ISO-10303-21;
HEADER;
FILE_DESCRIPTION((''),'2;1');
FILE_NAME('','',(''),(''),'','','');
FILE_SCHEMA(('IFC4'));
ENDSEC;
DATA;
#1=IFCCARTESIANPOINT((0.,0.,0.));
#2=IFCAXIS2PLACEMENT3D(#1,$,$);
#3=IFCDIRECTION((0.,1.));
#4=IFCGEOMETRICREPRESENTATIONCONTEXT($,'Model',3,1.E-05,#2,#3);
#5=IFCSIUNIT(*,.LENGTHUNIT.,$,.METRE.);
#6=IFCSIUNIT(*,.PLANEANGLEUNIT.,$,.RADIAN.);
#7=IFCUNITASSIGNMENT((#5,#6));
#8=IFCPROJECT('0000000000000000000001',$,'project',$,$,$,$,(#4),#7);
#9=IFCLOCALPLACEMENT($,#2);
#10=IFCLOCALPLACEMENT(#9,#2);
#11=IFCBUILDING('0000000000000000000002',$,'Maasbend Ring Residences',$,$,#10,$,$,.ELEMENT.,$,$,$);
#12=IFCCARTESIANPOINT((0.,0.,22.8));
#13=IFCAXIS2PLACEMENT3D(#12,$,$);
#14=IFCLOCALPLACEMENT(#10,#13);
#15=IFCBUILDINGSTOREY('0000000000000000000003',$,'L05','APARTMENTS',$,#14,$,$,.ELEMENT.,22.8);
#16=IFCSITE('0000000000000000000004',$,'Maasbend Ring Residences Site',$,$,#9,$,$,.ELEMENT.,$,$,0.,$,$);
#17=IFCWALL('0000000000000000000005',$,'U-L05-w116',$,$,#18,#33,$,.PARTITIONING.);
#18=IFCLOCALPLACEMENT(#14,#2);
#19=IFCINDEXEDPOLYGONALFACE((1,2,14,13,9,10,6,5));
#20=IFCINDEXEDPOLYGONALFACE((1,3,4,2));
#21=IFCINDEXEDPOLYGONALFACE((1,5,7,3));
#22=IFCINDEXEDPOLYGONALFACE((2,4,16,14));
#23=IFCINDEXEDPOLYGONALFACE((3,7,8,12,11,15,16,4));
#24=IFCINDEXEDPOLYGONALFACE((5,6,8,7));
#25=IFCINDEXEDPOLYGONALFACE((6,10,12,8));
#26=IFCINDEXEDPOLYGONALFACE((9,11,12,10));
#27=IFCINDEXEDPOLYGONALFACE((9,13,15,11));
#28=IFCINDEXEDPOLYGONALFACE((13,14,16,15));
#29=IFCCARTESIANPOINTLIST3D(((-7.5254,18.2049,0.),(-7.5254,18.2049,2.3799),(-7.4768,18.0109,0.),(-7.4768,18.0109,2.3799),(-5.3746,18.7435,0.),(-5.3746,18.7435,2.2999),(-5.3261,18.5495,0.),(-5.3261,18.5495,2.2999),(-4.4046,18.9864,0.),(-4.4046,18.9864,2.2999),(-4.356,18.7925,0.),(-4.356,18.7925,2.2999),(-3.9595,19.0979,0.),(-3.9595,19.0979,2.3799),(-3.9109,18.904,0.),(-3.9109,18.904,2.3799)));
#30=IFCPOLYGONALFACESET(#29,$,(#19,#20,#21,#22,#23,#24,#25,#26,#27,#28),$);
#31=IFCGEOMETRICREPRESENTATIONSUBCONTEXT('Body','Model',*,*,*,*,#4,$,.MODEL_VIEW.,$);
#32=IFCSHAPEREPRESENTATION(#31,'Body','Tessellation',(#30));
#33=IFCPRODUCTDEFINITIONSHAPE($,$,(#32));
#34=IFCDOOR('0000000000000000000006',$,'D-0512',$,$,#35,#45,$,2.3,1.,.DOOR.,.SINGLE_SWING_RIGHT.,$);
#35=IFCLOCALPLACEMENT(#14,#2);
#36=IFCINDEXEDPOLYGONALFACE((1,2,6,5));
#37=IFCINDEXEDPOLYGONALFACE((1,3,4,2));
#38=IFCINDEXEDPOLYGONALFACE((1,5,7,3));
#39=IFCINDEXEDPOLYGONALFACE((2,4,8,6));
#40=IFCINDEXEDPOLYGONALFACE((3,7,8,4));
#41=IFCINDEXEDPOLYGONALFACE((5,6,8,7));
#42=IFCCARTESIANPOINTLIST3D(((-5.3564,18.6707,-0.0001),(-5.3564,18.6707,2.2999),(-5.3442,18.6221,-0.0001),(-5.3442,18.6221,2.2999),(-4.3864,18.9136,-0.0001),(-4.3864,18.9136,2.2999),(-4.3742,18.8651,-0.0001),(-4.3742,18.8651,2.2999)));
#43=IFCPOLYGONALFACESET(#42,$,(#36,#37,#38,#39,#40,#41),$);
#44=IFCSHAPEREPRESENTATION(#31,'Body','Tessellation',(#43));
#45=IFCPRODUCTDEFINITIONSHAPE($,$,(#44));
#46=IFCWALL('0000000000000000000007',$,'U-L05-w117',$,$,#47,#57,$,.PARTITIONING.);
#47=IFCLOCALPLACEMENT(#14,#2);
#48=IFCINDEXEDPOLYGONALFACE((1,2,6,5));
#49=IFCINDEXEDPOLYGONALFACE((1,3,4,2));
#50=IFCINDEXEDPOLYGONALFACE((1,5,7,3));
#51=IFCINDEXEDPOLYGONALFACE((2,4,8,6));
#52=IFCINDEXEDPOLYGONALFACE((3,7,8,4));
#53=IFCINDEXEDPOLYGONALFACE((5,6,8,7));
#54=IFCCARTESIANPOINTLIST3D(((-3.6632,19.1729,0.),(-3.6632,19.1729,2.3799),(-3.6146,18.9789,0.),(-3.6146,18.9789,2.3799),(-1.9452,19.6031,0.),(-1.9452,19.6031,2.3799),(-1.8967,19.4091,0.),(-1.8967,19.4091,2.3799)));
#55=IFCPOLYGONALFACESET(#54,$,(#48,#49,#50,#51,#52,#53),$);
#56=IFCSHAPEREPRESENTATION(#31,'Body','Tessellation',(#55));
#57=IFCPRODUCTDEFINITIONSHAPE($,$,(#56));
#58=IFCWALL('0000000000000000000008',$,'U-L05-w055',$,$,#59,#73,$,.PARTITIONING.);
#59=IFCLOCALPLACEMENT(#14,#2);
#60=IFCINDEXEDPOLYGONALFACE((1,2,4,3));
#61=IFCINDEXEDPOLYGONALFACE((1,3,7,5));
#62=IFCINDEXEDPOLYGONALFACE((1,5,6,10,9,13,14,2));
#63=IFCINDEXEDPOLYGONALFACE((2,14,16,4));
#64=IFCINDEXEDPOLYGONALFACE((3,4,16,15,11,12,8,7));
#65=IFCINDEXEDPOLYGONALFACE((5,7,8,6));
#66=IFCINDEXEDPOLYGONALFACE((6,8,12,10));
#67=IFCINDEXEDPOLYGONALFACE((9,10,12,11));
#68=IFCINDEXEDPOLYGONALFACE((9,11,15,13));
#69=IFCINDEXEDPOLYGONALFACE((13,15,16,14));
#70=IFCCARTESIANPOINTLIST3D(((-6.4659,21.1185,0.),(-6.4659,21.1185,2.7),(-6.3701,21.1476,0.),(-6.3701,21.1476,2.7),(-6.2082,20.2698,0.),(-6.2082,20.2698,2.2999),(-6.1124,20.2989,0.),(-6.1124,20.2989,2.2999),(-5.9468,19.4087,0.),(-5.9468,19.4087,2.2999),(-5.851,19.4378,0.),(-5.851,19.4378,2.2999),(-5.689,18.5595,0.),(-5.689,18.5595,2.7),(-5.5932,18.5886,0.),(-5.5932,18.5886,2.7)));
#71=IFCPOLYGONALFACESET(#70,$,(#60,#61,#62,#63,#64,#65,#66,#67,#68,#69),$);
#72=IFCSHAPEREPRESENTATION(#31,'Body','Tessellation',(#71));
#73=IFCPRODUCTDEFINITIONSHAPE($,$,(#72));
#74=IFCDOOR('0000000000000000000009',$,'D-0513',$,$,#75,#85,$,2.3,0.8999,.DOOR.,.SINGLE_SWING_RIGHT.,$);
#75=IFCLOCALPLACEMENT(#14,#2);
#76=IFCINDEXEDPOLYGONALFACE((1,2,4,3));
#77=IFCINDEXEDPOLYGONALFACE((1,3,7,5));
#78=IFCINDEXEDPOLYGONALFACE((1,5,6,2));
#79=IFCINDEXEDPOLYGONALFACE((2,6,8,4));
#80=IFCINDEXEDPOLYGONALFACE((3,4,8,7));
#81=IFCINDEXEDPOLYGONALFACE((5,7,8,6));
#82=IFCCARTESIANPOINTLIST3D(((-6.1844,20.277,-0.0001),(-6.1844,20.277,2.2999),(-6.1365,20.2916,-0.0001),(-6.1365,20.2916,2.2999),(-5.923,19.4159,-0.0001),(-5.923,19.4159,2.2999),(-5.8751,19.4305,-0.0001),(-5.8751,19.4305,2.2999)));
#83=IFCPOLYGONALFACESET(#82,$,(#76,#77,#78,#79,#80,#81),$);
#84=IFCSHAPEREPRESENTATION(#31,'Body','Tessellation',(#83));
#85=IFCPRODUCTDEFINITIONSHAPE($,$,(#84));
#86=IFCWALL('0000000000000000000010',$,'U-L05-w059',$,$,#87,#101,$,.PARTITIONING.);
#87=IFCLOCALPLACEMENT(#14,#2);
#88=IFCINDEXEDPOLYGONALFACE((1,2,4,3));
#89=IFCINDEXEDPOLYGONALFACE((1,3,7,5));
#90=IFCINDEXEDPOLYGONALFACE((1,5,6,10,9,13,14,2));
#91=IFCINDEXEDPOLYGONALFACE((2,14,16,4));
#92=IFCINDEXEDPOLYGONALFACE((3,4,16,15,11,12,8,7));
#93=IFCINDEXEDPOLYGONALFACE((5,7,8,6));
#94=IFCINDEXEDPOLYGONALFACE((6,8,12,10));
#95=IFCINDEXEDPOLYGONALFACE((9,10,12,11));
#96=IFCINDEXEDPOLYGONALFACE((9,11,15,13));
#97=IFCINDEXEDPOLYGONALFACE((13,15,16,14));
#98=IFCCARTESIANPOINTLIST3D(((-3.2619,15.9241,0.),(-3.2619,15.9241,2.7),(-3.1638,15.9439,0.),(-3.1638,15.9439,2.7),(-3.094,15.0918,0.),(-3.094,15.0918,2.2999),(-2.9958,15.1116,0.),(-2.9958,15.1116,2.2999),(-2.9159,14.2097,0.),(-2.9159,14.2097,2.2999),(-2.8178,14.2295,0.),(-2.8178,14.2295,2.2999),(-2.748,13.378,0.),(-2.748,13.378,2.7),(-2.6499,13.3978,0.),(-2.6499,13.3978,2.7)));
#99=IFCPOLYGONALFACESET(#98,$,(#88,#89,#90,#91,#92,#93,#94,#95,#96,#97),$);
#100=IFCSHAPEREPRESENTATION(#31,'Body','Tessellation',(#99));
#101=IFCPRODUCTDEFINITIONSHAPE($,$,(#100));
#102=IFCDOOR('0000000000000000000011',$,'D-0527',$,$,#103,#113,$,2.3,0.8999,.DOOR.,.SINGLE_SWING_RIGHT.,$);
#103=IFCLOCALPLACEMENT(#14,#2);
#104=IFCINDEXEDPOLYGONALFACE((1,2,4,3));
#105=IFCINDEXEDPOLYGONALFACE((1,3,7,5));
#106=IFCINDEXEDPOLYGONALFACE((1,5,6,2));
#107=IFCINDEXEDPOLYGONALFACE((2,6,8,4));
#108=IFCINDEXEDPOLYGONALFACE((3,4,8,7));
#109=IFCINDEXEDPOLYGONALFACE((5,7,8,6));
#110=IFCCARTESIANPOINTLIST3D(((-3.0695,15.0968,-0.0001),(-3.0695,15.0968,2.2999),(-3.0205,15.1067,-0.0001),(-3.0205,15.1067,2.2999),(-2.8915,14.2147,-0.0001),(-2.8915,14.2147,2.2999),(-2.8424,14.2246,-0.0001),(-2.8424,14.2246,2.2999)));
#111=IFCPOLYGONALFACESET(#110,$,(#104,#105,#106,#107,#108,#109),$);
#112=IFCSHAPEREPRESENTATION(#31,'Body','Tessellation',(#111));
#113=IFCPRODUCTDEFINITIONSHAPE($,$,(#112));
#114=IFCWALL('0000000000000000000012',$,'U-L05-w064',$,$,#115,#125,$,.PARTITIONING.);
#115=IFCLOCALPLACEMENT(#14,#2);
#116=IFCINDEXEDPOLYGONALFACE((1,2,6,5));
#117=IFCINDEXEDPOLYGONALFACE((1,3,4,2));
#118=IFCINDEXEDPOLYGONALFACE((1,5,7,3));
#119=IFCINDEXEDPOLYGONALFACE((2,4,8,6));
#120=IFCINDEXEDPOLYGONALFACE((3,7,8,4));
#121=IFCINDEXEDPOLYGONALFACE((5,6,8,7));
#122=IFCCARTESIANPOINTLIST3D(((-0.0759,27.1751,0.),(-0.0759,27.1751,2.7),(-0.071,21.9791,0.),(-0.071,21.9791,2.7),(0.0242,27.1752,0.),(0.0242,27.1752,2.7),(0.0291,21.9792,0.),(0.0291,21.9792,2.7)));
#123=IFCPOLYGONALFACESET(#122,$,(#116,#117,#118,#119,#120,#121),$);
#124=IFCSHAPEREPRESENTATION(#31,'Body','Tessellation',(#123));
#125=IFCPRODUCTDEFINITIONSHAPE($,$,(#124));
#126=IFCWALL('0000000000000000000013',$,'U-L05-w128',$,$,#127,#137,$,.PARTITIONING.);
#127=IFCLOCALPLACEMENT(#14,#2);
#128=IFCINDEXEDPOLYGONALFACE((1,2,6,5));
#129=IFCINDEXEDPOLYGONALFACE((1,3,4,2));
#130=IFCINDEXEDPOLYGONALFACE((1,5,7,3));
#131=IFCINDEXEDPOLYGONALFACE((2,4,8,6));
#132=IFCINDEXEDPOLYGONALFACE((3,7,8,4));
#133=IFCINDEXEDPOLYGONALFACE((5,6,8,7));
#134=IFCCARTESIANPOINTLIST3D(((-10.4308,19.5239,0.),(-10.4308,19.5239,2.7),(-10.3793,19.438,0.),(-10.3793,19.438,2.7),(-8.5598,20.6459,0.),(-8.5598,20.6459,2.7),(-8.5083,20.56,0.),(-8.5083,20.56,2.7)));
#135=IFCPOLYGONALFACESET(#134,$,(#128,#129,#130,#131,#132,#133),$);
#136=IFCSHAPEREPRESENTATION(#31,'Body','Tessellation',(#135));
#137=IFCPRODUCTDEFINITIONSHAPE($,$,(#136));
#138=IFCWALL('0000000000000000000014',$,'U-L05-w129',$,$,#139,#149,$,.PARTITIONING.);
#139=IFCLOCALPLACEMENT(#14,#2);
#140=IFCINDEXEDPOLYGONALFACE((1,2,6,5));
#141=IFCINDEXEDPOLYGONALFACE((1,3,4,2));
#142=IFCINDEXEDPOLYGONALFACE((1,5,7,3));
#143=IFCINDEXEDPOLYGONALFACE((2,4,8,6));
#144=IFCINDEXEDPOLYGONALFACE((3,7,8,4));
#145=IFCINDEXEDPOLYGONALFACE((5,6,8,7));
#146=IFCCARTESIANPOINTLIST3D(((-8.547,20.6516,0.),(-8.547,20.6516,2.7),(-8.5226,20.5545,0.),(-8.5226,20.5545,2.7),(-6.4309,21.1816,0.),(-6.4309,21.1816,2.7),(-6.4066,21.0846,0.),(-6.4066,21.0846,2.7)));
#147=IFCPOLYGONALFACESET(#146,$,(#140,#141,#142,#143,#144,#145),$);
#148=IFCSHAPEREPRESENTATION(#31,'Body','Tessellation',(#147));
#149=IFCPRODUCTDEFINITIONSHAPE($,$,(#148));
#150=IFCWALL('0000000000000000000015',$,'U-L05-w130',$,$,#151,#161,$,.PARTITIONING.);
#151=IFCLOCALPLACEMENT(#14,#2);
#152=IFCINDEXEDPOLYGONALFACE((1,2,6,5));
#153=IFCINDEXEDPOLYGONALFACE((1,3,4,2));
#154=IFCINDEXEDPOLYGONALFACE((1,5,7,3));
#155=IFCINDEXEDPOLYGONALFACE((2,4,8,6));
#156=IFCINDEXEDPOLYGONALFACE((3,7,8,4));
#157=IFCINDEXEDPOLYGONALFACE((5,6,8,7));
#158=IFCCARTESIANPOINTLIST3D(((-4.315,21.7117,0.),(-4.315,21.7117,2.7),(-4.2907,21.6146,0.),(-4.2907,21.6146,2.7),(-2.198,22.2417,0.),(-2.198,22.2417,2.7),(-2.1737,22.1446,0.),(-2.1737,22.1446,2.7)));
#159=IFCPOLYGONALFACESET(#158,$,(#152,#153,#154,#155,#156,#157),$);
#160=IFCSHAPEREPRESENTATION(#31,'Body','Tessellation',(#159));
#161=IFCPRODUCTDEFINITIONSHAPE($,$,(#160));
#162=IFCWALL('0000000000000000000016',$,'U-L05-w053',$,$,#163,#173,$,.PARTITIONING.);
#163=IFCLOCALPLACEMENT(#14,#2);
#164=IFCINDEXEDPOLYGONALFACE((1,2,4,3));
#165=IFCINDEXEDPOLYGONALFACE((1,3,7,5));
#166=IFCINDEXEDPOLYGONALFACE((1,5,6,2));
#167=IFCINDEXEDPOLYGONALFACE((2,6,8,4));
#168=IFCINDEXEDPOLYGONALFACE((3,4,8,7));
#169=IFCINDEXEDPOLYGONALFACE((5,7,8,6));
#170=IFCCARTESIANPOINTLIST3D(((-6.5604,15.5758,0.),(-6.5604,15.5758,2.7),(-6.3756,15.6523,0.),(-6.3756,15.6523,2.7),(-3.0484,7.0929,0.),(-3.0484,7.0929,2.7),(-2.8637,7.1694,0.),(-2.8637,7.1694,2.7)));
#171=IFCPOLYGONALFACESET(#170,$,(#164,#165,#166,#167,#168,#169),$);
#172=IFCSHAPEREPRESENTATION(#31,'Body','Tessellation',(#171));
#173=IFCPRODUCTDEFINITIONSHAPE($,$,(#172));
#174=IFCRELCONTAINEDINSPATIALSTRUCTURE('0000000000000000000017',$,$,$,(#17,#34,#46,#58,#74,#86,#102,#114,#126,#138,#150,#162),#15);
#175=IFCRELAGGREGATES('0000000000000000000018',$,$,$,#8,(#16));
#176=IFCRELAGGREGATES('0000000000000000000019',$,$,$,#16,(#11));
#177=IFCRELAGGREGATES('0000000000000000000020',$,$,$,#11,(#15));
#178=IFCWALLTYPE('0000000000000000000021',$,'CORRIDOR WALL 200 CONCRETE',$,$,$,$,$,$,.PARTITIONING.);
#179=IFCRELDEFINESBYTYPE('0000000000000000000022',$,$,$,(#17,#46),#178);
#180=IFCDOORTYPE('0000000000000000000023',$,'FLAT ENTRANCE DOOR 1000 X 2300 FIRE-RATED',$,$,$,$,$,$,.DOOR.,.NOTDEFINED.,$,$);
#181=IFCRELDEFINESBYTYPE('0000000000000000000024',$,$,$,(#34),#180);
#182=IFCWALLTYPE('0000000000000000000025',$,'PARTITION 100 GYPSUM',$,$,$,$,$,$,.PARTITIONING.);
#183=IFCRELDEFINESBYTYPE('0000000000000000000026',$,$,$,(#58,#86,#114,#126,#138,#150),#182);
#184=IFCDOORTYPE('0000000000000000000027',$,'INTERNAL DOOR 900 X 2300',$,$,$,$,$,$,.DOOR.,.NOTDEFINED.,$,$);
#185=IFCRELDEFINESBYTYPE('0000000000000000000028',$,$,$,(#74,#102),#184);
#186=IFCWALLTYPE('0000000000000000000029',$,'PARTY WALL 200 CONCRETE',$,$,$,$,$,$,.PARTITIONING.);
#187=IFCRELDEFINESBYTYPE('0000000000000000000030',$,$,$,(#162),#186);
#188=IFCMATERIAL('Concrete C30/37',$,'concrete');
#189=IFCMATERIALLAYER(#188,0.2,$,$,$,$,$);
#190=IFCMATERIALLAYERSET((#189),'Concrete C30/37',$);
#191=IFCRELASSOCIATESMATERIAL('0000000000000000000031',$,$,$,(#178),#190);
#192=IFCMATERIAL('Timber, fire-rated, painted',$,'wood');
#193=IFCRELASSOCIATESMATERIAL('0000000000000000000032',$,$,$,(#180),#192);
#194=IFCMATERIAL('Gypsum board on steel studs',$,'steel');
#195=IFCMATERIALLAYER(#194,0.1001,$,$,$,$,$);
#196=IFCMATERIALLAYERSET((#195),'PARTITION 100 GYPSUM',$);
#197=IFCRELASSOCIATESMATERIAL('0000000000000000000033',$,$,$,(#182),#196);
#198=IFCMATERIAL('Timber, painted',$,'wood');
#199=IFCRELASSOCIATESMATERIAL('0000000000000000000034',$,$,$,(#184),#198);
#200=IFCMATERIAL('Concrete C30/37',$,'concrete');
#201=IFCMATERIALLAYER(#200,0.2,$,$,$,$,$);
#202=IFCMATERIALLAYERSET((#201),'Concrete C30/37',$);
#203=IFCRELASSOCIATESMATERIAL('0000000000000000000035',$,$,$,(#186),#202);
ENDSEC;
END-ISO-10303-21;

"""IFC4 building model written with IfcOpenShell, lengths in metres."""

from ifc_helpers import new_model, si_unit, direction, frame, frame_2d, origin, place, context, subcontext, project, spatial, rectangle, extrude, material, layer, layer_set, type_object, element, fill, save


model = new_model("IFC4")

# Units and contexts
model_context = context("Model", 3, precision=1e-05, world=origin(), true_north=direction((0.0, 1.0)))
body_context = subcontext(model_context, "Body", "Model", "MODEL_VIEW")
ifc_project = project(units=[si_unit("LENGTHUNIT", "METRE"), si_unit("PLANEANGLEUNIT", "RADIAN")], contexts=[model_context])

# Site, building, storey
site_placement = place(None, origin())
site = spatial("IfcSite", under=ifc_project, at=site_placement, Name="Maasbend Ring Residences Site", CompositionType="ELEMENT", RefElevation=0.0)
building_placement = place(site_placement, origin())
building = spatial("IfcBuilding", under=site, at=building_placement, Name="Maasbend Ring Residences", CompositionType="ELEMENT")
storey_placement = place(building_placement, frame((0.0, 0.0, 22.8)))
storey = spatial("IfcBuildingStorey", under=building, at=storey_placement, Name="L05", Description="APARTMENTS", CompositionType="ELEMENT", Elevation=22.8)

# Wall, opening, door
ifc_material_1 = material(Name="Concrete C30/37", Category="concrete")
ifc_layer_1 = layer(ifc_material_1, 0.2)
ifc_layer_set_1 = layer_set([ifc_layer_1], Name="Concrete C30/37")
wall_type_1 = type_object("IfcWallType", Name="CORRIDOR WALL 200 CONCRETE", PredefinedType="PARTITIONING", material=ifc_layer_set_1)
ifc_material_2 = material(Name="Timber, fire-rated, painted", Category="wood")
door_type_1 = type_object("IfcDoorType", Name="FLAT ENTRANCE DOOR 1000 X 2300 FIRE-RATED", OperationType="NOTDEFINED", PredefinedType="DOOR", material=ifc_material_2)
wall_1_placement = place(storey_placement, frame((-7.501, 18.1079, 0.0), z_axis=(0.0, 0.0, 1.0), x_axis=(0.970041, 0.242942, 0.0)))
wall_1 = element("IfcWall", 1, at=wall_1_placement, inside=storey, type_object=wall_type_1, Name="U-L05-w116", PredefinedType="PARTITIONING", context=body_context, shape_type="SweptSolid", body=[
    extrude(rectangle(XDim=3.676, YDim=0.2, at=frame_2d((1.8379, 0.0))), origin(), (0.0, 0.0, 1.0), 2.3799),
])
opening_1_placement = place(wall_1_placement, frame((2.217, 0.0, 0.0)))
opening_1 = element("IfcOpeningElement", 2, at=opening_1_placement, cuts=wall_1, PredefinedType="OPENING", context=body_context, shape_type="SweptSolid", body=[
    extrude(rectangle(XDim=1.0, YDim=2.3, at=frame_2d((0.5, 1.1499))), frame((0.0, 0.1099, 0.0), z_axis=(0.0, -1.0, 0.0), x_axis=(1.0, 0.0, 0.0)), (0.0, 0.0, 1.0), 0.22),
])
door_1_placement = place(opening_1_placement, origin())
door_1 = element("IfcDoor", 3, at=door_1_placement, inside=storey, type_object=door_type_1, Name="D-0512", OperationType="SINGLE_SWING_RIGHT", OverallHeight=2.3, OverallWidth=1.0, PredefinedType="DOOR", context=body_context, shape_type="SweptSolid", body=[
    extrude(rectangle(XDim=1.0, YDim=2.3, at=frame_2d((0.5, 1.1499))), frame((0.0, 0.0249, 0.0), z_axis=(0.0, -1.0, 0.0), x_axis=(1.0, 0.0, 0.0)), (0.0, 0.0, 1.0), 0.05),
])
fill(opening_1, door_1)

# Wall
wall_2_placement = place(storey_placement, frame((-3.6389, 19.0759, 0.0), z_axis=(0.0, 0.0, 1.0), x_axis=(0.970053, 0.242892, 0.0)))
element("IfcWall", 4, at=wall_2_placement, inside=storey, type_object=wall_type_1, Name="U-L05-w117", PredefinedType="PARTITIONING", context=body_context, shape_type="SweptSolid", body=[
    extrude(rectangle(XDim=1.771, YDim=0.2, at=frame_2d((0.8855, 0.0))), origin(), (0.0, 0.0, 1.0), 2.3799),
])

# Walls, openings, doors
ifc_material_3 = material(Name="Gypsum board on steel studs", Category="steel")
ifc_layer_2 = layer(ifc_material_3, 0.1001)
ifc_layer_set_2 = layer_set([ifc_layer_2], Name="PARTITION 100 GYPSUM")
wall_type_2 = type_object("IfcWallType", Name="PARTITION 100 GYPSUM", PredefinedType="PARTITIONING", material=ifc_layer_set_2)
wall_3_placement = place(storey_placement, frame((-6.418, 21.1331, 0.0), z_axis=(0.0, 0.0, 1.0), x_axis=(0.290479, -0.956881, 0.0)))
wall_3 = element("IfcWall", 5, at=wall_3_placement, inside=storey, type_object=wall_type_2, Name="U-L05-w055", PredefinedType="PARTITIONING", context=body_context, shape_type="SweptSolid", body=[
    extrude(rectangle(XDim=2.6743, YDim=0.1001, at=frame_2d((1.3372, 0.0))), origin(), (0.0, 0.0, 1.0), 2.7),
])
opening_2_placement = place(wall_3_placement, frame((0.887, 0.0, 0.0)))
opening_2 = element("IfcOpeningElement", 6, at=opening_2_placement, cuts=wall_3, PredefinedType="OPENING", context=body_context, shape_type="SweptSolid", body=[
    extrude(rectangle(XDim=0.8999, YDim=2.3, at=frame_2d((0.45, 1.1499))), frame((0.0, 0.0601, 0.0), z_axis=(0.0, -1.0, 0.0), x_axis=(1.0, 0.0, 0.0)), (0.0, 0.0, 1.0), 0.1201),
])
ifc_material_4 = material(Name="Timber, painted", Category="wood")
door_type_2 = type_object("IfcDoorType", Name="INTERNAL DOOR 900 X 2300", OperationType="NOTDEFINED", PredefinedType="DOOR", material=ifc_material_4)
door_2_placement = place(opening_2_placement, origin())
door_2 = element("IfcDoor", 7, at=door_2_placement, inside=storey, type_object=door_type_2, Name="D-0513", OperationType="SINGLE_SWING_RIGHT", OverallHeight=2.3, OverallWidth=0.8999, PredefinedType="DOOR", context=body_context, shape_type="SweptSolid", body=[
    extrude(rectangle(XDim=0.8999, YDim=2.3, at=frame_2d((0.45, 1.1499))), frame((0.0, 0.0249, 0.0), z_axis=(0.0, -1.0, 0.0), x_axis=(1.0, 0.0, 0.0)), (0.0, 0.0, 1.0), 0.05),
])
fill(opening_2, door_2)
wall_4_placement = place(storey_placement, frame((-3.2129, 15.9341, 0.0), z_axis=(0.0, 0.0, 1.0), x_axis=(0.197851, -0.980232, 0.0)))
wall_4 = element("IfcWall", 8, at=wall_4_placement, inside=storey, type_object=wall_type_2, Name="U-L05-w059", PredefinedType="PARTITIONING", context=body_context, shape_type="SweptSolid", body=[
    extrude(rectangle(XDim=2.5974, YDim=0.1001, at=frame_2d((1.2988, 0.0))), origin(), (0.0, 0.0, 1.0), 2.7),
])
opening_3_placement = place(wall_4_placement, frame((0.8491, 0.0, 0.0)))
opening_3 = element("IfcOpeningElement", 9, at=opening_3_placement, cuts=wall_4, PredefinedType="OPENING", context=body_context, shape_type="SweptSolid", body=[
    extrude(rectangle(XDim=0.8999, YDim=2.3, at=frame_2d((0.45, 1.1499))), frame((0.0, 0.0601, 0.0), z_axis=(0.0, -1.0, 0.0), x_axis=(1.0, 0.0, 0.0)), (0.0, 0.0, 1.0), 0.1201),
])
door_3_placement = place(opening_3_placement, origin())
door_3 = element("IfcDoor", 10, at=door_3_placement, inside=storey, type_object=door_type_2, Name="D-0527", OperationType="SINGLE_SWING_RIGHT", OverallHeight=2.3, OverallWidth=0.8999, PredefinedType="DOOR", context=body_context, shape_type="SweptSolid", body=[
    extrude(rectangle(XDim=0.8999, YDim=2.3, at=frame_2d((0.45, 1.1499))), frame((0.0, 0.0249, 0.0), z_axis=(0.0, -1.0, 0.0), x_axis=(1.0, 0.0, 0.0)), (0.0, 0.0, 1.0), 0.05),
])
fill(opening_3, door_3)

# Walls
wall_5_placement = place(storey_placement, frame((-0.021, 21.979, 0.0), z_axis=(0.0, 0.0, 1.0), x_axis=(-0.00094, 1.0, 0.0)))
element("IfcWall", 11, at=wall_5_placement, inside=storey, type_object=wall_type_2, Name="U-L05-w064", PredefinedType="PARTITIONING", context=body_context, shape_type="SweptSolid", body=[
    extrude(rectangle(XDim=5.196, YDim=0.1001, at=frame_2d((2.5981, 0.0))), origin(), (0.0, 0.0, 1.0), 2.7),
])
wall_6_placement = place(storey_placement, frame((-10.405, 19.481, 0.0), z_axis=(0.0, 0.0, 1.0), x_axis=(0.857611, 0.514298, 0.0)))
element("IfcWall", 12, at=wall_6_placement, inside=storey, type_object=wall_type_2, Name="U-L05-w128", PredefinedType="PARTITIONING", context=body_context, shape_type="SweptSolid", body=[
    extrude(rectangle(XDim=2.1816, YDim=0.1001, at=frame_2d((1.0908, 0.0))), origin(), (0.0, 0.0, 1.0), 2.7),
])
wall_7_placement = place(storey_placement, frame((-8.5349, 20.603, 0.0), z_axis=(0.0, 0.0, 1.0), x_axis=(0.97003, 0.242983, 0.0)))
element("IfcWall", 13, at=wall_7_placement, inside=storey, type_object=wall_type_2, Name="U-L05-w129", PredefinedType="PARTITIONING", context=body_context, shape_type="SweptSolid", body=[
    extrude(rectangle(XDim=2.1814, YDim=0.1001, at=frame_2d((1.0908, 0.0))), origin(), (0.0, 0.0, 1.0), 2.7),
])
wall_8_placement = place(storey_placement, frame((-4.303, 21.6631, 0.0), z_axis=(0.0, 0.0, 1.0), x_axis=(0.970057, 0.242878, 0.0)))
element("IfcWall", 14, at=wall_8_placement, inside=storey, type_object=wall_type_2, Name="U-L05-w130", PredefinedType="PARTITIONING", context=body_context, shape_type="SweptSolid", body=[
    extrude(rectangle(XDim=2.1824, YDim=0.1001, at=frame_2d((1.0913, 0.0))), origin(), (0.0, 0.0, 1.0), 2.7),
])
ifc_material_5 = material(Name="Concrete C30/37", Category="concrete")
ifc_layer_3 = layer(ifc_material_5, 0.2)
ifc_layer_set_3 = layer_set([ifc_layer_3], Name="Concrete C30/37")
wall_type_3 = type_object("IfcWallType", Name="PARTY WALL 200 CONCRETE", PredefinedType="PARTITIONING", material=ifc_layer_set_3)
wall_9_placement = place(storey_placement, frame((-6.468, 15.614, 0.0), z_axis=(0.0, 0.0, 1.0), x_axis=(0.382519, -0.923948, 0.0)))
element("IfcWall", 15, at=wall_9_placement, inside=storey, type_object=wall_type_3, Name="U-L05-w053", PredefinedType="PARTITIONING", context=body_context, shape_type="SweptSolid", body=[
    extrude(rectangle(XDim=9.1812, YDim=0.2, at=frame_2d((4.5906, 0.0))), origin(), (0.0, 0.0, 1.0), 2.7),
])

save(model, "model.ifc")
